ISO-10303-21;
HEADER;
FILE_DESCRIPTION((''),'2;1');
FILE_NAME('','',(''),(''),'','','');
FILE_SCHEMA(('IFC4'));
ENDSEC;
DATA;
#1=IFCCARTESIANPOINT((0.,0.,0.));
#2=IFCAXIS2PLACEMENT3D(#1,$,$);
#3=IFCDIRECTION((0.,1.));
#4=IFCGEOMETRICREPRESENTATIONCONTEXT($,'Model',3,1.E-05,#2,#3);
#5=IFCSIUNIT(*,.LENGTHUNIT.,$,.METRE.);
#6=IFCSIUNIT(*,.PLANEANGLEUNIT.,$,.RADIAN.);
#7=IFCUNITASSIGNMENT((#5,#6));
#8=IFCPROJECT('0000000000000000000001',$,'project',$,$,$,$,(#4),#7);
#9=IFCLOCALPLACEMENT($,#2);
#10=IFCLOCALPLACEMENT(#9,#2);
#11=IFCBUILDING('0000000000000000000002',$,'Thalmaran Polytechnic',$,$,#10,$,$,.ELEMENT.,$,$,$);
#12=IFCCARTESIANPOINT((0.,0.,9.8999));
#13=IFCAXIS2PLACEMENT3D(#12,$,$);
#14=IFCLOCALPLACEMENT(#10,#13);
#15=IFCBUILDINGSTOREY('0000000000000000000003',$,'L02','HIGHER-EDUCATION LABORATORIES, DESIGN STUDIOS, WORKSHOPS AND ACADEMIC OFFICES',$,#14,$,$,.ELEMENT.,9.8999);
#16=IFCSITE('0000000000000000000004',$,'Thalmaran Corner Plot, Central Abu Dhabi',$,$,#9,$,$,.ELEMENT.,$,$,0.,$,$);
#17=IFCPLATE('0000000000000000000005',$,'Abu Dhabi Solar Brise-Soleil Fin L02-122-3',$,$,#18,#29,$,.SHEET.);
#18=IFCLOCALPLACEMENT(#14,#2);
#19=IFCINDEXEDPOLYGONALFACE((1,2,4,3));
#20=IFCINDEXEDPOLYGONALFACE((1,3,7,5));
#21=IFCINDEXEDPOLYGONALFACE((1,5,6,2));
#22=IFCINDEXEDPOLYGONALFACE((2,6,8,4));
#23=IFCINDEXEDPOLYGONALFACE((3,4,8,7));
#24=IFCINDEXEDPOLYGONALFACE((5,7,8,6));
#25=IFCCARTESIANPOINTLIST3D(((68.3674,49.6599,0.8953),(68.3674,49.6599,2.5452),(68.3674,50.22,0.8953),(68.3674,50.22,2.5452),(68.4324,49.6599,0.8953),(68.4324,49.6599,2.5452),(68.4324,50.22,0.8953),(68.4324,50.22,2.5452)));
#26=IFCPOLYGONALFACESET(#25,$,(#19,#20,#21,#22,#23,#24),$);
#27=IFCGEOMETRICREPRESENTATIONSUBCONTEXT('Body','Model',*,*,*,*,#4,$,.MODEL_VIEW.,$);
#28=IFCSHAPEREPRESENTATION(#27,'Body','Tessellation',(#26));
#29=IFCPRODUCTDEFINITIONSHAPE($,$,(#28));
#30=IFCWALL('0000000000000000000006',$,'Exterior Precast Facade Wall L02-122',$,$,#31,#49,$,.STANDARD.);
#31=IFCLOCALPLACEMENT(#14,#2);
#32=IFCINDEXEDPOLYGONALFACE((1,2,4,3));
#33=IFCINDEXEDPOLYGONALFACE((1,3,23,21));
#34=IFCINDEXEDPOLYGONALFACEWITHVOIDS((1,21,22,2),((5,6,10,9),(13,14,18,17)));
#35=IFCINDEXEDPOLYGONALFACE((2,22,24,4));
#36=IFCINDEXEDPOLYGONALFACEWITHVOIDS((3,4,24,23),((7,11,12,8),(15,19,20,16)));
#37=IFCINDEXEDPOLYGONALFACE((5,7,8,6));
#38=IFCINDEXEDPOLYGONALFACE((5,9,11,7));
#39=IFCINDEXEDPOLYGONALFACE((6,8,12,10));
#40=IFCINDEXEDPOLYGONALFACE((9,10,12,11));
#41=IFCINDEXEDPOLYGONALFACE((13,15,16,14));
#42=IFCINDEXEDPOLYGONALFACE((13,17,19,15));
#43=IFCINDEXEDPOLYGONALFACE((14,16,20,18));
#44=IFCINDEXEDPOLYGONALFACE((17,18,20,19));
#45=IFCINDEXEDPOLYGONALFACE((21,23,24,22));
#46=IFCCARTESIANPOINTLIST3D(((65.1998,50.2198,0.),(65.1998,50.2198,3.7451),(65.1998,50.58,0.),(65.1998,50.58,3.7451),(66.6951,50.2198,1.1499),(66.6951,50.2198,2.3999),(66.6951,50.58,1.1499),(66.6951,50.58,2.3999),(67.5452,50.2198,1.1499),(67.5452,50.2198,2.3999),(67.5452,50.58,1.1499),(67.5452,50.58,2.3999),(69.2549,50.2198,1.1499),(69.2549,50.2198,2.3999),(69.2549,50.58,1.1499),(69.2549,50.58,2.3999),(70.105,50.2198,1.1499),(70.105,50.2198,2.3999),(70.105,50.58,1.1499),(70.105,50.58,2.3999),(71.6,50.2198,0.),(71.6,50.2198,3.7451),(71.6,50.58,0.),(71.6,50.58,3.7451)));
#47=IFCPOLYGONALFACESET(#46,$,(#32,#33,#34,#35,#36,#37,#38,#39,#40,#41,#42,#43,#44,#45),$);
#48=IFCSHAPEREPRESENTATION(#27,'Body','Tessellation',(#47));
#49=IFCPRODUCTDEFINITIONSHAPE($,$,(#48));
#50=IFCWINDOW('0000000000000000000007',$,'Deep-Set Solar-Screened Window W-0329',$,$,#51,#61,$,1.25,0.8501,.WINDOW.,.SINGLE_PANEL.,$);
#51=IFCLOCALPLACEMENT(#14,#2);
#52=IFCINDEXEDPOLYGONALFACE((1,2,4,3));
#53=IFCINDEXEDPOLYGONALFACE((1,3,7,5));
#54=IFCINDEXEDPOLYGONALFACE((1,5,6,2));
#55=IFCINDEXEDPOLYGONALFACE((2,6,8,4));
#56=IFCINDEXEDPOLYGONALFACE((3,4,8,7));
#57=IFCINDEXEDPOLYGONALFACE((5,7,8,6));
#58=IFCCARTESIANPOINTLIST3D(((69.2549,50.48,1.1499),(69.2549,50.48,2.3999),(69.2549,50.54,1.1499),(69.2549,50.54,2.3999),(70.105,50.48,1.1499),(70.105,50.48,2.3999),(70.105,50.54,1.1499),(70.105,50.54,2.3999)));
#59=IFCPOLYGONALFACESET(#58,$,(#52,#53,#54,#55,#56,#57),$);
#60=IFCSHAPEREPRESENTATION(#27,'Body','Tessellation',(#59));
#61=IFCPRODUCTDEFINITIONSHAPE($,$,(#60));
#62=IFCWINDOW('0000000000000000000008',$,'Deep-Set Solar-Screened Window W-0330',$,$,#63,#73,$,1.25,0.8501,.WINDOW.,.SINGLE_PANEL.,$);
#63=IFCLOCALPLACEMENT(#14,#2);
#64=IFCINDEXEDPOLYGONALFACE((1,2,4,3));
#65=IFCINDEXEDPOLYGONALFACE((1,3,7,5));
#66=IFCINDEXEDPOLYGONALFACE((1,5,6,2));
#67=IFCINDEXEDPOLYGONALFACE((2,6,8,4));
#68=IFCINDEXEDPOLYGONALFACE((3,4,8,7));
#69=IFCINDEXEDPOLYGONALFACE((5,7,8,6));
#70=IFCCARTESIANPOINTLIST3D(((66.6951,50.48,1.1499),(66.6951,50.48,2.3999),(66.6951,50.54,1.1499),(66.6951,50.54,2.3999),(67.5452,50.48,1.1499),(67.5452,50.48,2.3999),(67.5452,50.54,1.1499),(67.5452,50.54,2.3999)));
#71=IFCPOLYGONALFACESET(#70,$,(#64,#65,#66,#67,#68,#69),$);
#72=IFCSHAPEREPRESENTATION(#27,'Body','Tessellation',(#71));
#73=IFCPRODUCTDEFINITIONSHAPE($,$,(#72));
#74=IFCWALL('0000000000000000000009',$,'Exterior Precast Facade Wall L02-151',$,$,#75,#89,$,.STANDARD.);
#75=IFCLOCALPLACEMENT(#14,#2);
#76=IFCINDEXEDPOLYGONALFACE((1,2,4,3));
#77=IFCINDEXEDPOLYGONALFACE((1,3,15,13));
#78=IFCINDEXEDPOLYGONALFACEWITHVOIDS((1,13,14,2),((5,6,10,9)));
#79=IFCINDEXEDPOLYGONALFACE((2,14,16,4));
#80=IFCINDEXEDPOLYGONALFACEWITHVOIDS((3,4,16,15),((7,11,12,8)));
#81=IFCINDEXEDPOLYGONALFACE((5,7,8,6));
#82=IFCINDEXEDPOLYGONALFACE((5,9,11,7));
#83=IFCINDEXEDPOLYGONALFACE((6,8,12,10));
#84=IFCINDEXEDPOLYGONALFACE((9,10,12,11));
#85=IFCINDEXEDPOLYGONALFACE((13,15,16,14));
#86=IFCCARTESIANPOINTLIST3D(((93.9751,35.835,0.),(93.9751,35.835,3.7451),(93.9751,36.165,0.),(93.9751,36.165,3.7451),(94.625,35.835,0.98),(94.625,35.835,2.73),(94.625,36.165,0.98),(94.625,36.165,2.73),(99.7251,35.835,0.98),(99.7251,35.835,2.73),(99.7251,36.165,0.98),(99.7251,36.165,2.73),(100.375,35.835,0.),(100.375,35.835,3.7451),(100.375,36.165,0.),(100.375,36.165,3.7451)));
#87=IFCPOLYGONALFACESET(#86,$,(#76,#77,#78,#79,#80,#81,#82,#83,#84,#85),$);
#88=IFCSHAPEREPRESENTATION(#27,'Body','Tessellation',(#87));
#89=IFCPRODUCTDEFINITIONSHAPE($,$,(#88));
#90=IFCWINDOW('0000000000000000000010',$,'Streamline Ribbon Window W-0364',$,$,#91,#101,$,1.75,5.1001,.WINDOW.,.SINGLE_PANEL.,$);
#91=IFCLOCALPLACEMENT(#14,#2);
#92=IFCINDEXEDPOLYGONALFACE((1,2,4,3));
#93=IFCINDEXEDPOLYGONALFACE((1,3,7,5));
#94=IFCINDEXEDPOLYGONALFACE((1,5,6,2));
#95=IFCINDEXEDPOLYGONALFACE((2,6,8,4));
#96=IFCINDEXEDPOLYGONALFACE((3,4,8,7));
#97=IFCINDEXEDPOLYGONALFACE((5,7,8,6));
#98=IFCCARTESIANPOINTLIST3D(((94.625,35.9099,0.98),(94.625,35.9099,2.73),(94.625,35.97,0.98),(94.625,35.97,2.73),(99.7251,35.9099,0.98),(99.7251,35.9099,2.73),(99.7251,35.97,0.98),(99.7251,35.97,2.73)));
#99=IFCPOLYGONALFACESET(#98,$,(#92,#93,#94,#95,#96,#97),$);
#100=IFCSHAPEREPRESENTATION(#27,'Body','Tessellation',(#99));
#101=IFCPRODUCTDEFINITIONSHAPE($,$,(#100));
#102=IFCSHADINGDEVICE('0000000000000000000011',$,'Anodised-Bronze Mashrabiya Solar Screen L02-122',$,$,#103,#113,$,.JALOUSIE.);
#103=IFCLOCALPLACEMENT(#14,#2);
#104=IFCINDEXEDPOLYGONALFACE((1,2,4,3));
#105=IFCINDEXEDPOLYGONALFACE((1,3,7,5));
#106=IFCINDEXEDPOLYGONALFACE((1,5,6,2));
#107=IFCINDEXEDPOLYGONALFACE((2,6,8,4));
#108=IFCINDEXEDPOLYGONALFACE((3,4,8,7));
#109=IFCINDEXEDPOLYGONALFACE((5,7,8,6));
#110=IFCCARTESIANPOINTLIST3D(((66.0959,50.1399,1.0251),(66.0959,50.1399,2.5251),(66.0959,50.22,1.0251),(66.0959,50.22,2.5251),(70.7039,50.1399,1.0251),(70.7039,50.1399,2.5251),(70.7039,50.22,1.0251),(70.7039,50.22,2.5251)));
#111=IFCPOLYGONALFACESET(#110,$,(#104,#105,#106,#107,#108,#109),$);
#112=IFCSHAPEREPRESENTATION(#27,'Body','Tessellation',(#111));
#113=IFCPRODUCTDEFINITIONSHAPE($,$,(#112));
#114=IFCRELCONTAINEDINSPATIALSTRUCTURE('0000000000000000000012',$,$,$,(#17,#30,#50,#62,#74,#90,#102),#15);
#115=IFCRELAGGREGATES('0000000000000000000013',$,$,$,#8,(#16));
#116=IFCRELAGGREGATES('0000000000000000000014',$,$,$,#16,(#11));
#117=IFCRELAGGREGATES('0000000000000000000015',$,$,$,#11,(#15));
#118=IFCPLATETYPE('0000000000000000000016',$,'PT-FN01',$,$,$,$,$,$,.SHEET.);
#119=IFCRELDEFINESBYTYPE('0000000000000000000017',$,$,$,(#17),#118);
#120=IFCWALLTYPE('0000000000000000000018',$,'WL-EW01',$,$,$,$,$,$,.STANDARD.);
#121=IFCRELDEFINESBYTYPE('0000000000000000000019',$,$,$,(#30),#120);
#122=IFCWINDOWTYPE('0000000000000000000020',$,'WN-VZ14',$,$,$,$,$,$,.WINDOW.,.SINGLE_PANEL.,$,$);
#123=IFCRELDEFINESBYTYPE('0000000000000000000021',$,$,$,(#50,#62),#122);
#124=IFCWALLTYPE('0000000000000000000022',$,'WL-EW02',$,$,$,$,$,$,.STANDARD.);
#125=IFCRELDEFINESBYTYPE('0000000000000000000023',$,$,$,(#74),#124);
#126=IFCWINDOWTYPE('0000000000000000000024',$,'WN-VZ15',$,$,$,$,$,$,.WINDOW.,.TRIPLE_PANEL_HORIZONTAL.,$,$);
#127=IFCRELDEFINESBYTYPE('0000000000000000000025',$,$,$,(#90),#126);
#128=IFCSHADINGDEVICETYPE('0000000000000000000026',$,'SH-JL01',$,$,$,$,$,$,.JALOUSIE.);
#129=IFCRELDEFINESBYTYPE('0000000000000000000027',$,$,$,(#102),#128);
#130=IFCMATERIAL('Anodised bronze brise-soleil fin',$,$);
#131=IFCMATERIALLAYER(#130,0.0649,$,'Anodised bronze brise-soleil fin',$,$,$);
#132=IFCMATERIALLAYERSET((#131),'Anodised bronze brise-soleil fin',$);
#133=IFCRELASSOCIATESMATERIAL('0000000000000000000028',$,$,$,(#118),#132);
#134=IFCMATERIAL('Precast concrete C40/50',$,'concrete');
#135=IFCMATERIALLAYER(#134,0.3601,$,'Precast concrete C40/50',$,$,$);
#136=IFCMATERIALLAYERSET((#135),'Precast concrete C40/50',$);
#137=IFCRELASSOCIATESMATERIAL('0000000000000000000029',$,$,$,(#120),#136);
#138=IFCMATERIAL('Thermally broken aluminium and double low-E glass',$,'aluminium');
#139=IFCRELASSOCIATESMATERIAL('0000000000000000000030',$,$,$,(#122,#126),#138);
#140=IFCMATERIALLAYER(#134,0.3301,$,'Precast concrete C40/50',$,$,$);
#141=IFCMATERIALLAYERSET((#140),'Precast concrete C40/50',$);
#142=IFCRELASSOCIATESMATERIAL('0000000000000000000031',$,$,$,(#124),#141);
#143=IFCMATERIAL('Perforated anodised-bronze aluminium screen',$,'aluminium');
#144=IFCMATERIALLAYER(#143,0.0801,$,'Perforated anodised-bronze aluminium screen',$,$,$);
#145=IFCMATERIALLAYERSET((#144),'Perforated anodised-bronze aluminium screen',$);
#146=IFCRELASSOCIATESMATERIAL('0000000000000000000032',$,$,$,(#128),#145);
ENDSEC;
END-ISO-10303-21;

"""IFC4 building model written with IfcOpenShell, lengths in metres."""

from ifc_helpers import new_model, si_unit, direction, frame, frame_2d, origin, origin_2d, place, context, subcontext, project, spatial, rectangle, extrude, material, layer, layer_set, type_object, element, fill, save


model = new_model("IFC4")

# Units and contexts
model_context = context("Model", 3, precision=1e-05, world=origin(), true_north=direction((0.0, 1.0)))
body_context = subcontext(model_context, "Body", "Model", "MODEL_VIEW")
ifc_project = project(units=[si_unit("LENGTHUNIT", "METRE"), si_unit("PLANEANGLEUNIT", "RADIAN")], contexts=[model_context])

# Site, building, storey
site_placement = place(None, origin())
site = spatial("IfcSite", under=ifc_project, at=site_placement, Name="Thalmaran Corner Plot, Central Abu Dhabi", CompositionType="ELEMENT", RefElevation=0.0)
building_placement = place(site_placement, origin())
building = spatial("IfcBuilding", under=site, at=building_placement, Name="Thalmaran Polytechnic", CompositionType="ELEMENT")
storey_placement = place(building_placement, frame((0.0, 0.0, 9.8999)))
storey = spatial("IfcBuildingStorey", under=building, at=storey_placement, Name="L02", Description="HIGHER-EDUCATION LABORATORIES, DESIGN STUDIOS, WORKSHOPS AND ACADEMIC OFFICES", CompositionType="ELEMENT", Elevation=9.8999)

# Plate
ifc_material_1 = material(Name="Anodised bronze brise-soleil fin")
ifc_layer_1 = layer(ifc_material_1, 0.0649, Name="Anodised bronze brise-soleil fin")
ifc_layer_set_1 = layer_set([ifc_layer_1], Name="Anodised bronze brise-soleil fin")
plate_type_1 = type_object("IfcPlateType", Name="PT-FN01", PredefinedType="SHEET", material=ifc_layer_set_1)
for number, where, z_axis, x_axis, name in (
    (1, (68.3999, 49.9399, 0.8953), (0.0, 0.0, 1.0), (-1.0, 0.0, 0.0), "Abu Dhabi Solar Brise-Soleil Fin L02-122-3"),
):
    element("IfcPlate", number, at=place(storey_placement, frame(where, z_axis=z_axis, x_axis=x_axis)), inside=storey, type_object=plate_type_1, Name=name, PredefinedType="SHEET", context=body_context, shape_type="SweptSolid", body=[
        extrude(rectangle(XDim=0.0649, YDim=0.5601, at=origin_2d()), origin(), (0.0, 0.0, 1.0), 1.6499),
    ])

# Wall, openings, windows
ifc_material_2 = material(Name="Precast concrete C40/50", Category="concrete")
ifc_layer_2 = layer(ifc_material_2, 0.3601, Name="Precast concrete C40/50")
ifc_layer_set_2 = layer_set([ifc_layer_2], Name="Precast concrete C40/50")
wall_type_1 = type_object("IfcWallType", Name="WL-EW01", PredefinedType="STANDARD", material=ifc_layer_set_2)
wall_1_placement = place(storey_placement, frame((71.6001, 50.3999, 0.0), z_axis=(0.0, 0.0, 1.0), x_axis=(-1.0, 0.0, 0.0)))
wall_1 = element("IfcWall", 2, at=wall_1_placement, inside=storey, type_object=wall_type_1, Name="Exterior Precast Facade Wall L02-122", PredefinedType="STANDARD", context=body_context, shape_type="SweptSolid", body=[
    extrude(rectangle(XDim=6.4001, YDim=0.3601, at=frame_2d((3.2002, 0.0))), origin(), (0.0, 0.0, 1.0), 3.7451),
])
opening_1_placement = place(wall_1_placement, frame((1.4951, 0.0, 1.1499)))
opening_1 = element("IfcOpeningElement", 3, at=opening_1_placement, cuts=wall_1, PredefinedType="OPENING", context=body_context, shape_type="SweptSolid", body=[
    extrude(rectangle(XDim=0.8501, YDim=1.25, at=frame_2d((0.425, 0.625))), frame((0.0, 0.1899, 0.0), z_axis=(0.0, -1.0, 0.0), x_axis=(1.0, 0.0, 0.0)), (0.0, 0.0, 1.0), 0.3801),
])
opening_2_placement = place(wall_1_placement, frame((4.0549, 0.0, 1.1499)))
opening_2 = element("IfcOpeningElement", 4, at=opening_2_placement, cuts=wall_1, PredefinedType="OPENING", context=body_context, shape_type="SweptSolid", body=[
    extrude(rectangle(XDim=0.8501, YDim=1.25, at=frame_2d((0.425, 0.625))), frame((0.0, 0.1899, 0.0), z_axis=(0.0, -1.0, 0.0), x_axis=(1.0, 0.0, 0.0)), (0.0, 0.0, 1.0), 0.3801),
])
ifc_material_3 = material(Name="Thermally broken aluminium and double low-E glass", Category="aluminium")
window_type_1 = type_object("IfcWindowType", Name="WN-VZ14", PartitioningType="SINGLE_PANEL", PredefinedType="WINDOW", material=ifc_material_3)
window_1_placement = place(opening_1_placement, origin())
window_1 = element("IfcWindow", 5, at=window_1_placement, inside=storey, type_object=window_type_1, Name="Deep-Set Solar-Screened Window W-0329", OverallHeight=1.25, OverallWidth=0.8501, PartitioningType="SINGLE_PANEL", PredefinedType="WINDOW", context=body_context, shape_type="SweptSolid", body=[
    extrude(rectangle(XDim=0.8501, YDim=1.25, at=frame_2d((0.425, 0.625))), frame((0.0, -0.0801, 0.0), z_axis=(0.0, -1.0, 0.0), x_axis=(1.0, 0.0, 0.0)), (0.0, 0.0, 1.0), 0.0601),
])
fill(opening_1, window_1)
window_2_placement = place(opening_2_placement, origin())
window_2 = element("IfcWindow", 6, at=window_2_placement, inside=storey, type_object=window_type_1, Name="Deep-Set Solar-Screened Window W-0330", OverallHeight=1.25, OverallWidth=0.8501, PartitioningType="SINGLE_PANEL", PredefinedType="WINDOW", context=body_context, shape_type="SweptSolid", body=[
    extrude(rectangle(XDim=0.8501, YDim=1.25, at=frame_2d((0.425, 0.625))), frame((0.0, -0.0801, 0.0), z_axis=(0.0, -1.0, 0.0), x_axis=(1.0, 0.0, 0.0)), (0.0, 0.0, 1.0), 0.0601),
])
fill(opening_2, window_2)

# Wall, opening, window
ifc_layer_3 = layer(ifc_material_2, 0.3301, Name="Precast concrete C40/50")
ifc_layer_set_3 = layer_set([ifc_layer_3], Name="Precast concrete C40/50")
wall_type_2 = type_object("IfcWallType", Name="WL-EW02", PredefinedType="STANDARD", material=ifc_layer_set_3)
wall_2_placement = place(storey_placement, frame((93.9751, 36.0, 0.0), z_axis=(0.0, 0.0, 1.0), x_axis=(1.0, 0.0, 0.0)))
wall_2 = element("IfcWall", 7, at=wall_2_placement, inside=storey, type_object=wall_type_2, Name="Exterior Precast Facade Wall L02-151", PredefinedType="STANDARD", context=body_context, shape_type="SweptSolid", body=[
    extrude(rectangle(XDim=6.3999, YDim=0.3301, at=frame_2d((3.2, 0.0))), origin(), (0.0, 0.0, 1.0), 3.7451),
])
opening_3_placement = place(wall_2_placement, frame((0.6499, 0.0, 0.98)))
opening_3 = element("IfcOpeningElement", 8, at=opening_3_placement, cuts=wall_2, PredefinedType="OPENING", context=body_context, shape_type="SweptSolid", body=[
    extrude(rectangle(XDim=5.1001, YDim=1.75, at=frame_2d((2.55, 0.875))), frame((0.0, 0.175, 0.0), z_axis=(0.0, -1.0, 0.0), x_axis=(1.0, 0.0, 0.0)), (0.0, 0.0, 1.0), 0.3501),
])
window_type_2 = type_object("IfcWindowType", Name="WN-VZ15", PartitioningType="TRIPLE_PANEL_HORIZONTAL", PredefinedType="WINDOW", material=ifc_material_3)
window_3_placement = place(opening_3_placement, origin())
window_3 = element("IfcWindow", 9, at=window_3_placement, inside=storey, type_object=window_type_2, Name="Streamline Ribbon Window W-0364", OverallHeight=1.75, OverallWidth=5.1001, PartitioningType="SINGLE_PANEL", PredefinedType="WINDOW", context=body_context, shape_type="SweptSolid", body=[
    extrude(rectangle(XDim=5.1001, YDim=1.75, at=frame_2d((2.55, 0.875))), frame((0.0, -0.03, 0.0), z_axis=(0.0, -1.0, 0.0), x_axis=(1.0, 0.0, 0.0)), (0.0, 0.0, 1.0), 0.0601),
])
fill(opening_3, window_3)

# Shading device
ifc_material_4 = material(Name="Perforated anodised-bronze aluminium screen", Category="aluminium")
ifc_layer_4 = layer(ifc_material_4, 0.0801, Name="Perforated anodised-bronze aluminium screen")
ifc_layer_set_4 = layer_set([ifc_layer_4], Name="Perforated anodised-bronze aluminium screen")
shading_device_type = type_object("IfcShadingDeviceType", Name="SH-JL01", PredefinedType="JALOUSIE", material=ifc_layer_set_4)
shading_device_placement = place(storey_placement, frame((68.3999, 50.1799, 1.0251), z_axis=(0.0, 0.0, 1.0), x_axis=(-1.0, 0.0, 0.0)))
element("IfcShadingDevice", 10, at=shading_device_placement, inside=storey, type_object=shading_device_type, Name="Anodised-Bronze Mashrabiya Solar Screen L02-122", PredefinedType="JALOUSIE", context=body_context, shape_type="SweptSolid", body=[
    extrude(rectangle(XDim=4.6079, YDim=0.0801, at=origin_2d()), origin(), (0.0, 0.0, 1.0), 1.5),
])

save(model, "model.ifc")
